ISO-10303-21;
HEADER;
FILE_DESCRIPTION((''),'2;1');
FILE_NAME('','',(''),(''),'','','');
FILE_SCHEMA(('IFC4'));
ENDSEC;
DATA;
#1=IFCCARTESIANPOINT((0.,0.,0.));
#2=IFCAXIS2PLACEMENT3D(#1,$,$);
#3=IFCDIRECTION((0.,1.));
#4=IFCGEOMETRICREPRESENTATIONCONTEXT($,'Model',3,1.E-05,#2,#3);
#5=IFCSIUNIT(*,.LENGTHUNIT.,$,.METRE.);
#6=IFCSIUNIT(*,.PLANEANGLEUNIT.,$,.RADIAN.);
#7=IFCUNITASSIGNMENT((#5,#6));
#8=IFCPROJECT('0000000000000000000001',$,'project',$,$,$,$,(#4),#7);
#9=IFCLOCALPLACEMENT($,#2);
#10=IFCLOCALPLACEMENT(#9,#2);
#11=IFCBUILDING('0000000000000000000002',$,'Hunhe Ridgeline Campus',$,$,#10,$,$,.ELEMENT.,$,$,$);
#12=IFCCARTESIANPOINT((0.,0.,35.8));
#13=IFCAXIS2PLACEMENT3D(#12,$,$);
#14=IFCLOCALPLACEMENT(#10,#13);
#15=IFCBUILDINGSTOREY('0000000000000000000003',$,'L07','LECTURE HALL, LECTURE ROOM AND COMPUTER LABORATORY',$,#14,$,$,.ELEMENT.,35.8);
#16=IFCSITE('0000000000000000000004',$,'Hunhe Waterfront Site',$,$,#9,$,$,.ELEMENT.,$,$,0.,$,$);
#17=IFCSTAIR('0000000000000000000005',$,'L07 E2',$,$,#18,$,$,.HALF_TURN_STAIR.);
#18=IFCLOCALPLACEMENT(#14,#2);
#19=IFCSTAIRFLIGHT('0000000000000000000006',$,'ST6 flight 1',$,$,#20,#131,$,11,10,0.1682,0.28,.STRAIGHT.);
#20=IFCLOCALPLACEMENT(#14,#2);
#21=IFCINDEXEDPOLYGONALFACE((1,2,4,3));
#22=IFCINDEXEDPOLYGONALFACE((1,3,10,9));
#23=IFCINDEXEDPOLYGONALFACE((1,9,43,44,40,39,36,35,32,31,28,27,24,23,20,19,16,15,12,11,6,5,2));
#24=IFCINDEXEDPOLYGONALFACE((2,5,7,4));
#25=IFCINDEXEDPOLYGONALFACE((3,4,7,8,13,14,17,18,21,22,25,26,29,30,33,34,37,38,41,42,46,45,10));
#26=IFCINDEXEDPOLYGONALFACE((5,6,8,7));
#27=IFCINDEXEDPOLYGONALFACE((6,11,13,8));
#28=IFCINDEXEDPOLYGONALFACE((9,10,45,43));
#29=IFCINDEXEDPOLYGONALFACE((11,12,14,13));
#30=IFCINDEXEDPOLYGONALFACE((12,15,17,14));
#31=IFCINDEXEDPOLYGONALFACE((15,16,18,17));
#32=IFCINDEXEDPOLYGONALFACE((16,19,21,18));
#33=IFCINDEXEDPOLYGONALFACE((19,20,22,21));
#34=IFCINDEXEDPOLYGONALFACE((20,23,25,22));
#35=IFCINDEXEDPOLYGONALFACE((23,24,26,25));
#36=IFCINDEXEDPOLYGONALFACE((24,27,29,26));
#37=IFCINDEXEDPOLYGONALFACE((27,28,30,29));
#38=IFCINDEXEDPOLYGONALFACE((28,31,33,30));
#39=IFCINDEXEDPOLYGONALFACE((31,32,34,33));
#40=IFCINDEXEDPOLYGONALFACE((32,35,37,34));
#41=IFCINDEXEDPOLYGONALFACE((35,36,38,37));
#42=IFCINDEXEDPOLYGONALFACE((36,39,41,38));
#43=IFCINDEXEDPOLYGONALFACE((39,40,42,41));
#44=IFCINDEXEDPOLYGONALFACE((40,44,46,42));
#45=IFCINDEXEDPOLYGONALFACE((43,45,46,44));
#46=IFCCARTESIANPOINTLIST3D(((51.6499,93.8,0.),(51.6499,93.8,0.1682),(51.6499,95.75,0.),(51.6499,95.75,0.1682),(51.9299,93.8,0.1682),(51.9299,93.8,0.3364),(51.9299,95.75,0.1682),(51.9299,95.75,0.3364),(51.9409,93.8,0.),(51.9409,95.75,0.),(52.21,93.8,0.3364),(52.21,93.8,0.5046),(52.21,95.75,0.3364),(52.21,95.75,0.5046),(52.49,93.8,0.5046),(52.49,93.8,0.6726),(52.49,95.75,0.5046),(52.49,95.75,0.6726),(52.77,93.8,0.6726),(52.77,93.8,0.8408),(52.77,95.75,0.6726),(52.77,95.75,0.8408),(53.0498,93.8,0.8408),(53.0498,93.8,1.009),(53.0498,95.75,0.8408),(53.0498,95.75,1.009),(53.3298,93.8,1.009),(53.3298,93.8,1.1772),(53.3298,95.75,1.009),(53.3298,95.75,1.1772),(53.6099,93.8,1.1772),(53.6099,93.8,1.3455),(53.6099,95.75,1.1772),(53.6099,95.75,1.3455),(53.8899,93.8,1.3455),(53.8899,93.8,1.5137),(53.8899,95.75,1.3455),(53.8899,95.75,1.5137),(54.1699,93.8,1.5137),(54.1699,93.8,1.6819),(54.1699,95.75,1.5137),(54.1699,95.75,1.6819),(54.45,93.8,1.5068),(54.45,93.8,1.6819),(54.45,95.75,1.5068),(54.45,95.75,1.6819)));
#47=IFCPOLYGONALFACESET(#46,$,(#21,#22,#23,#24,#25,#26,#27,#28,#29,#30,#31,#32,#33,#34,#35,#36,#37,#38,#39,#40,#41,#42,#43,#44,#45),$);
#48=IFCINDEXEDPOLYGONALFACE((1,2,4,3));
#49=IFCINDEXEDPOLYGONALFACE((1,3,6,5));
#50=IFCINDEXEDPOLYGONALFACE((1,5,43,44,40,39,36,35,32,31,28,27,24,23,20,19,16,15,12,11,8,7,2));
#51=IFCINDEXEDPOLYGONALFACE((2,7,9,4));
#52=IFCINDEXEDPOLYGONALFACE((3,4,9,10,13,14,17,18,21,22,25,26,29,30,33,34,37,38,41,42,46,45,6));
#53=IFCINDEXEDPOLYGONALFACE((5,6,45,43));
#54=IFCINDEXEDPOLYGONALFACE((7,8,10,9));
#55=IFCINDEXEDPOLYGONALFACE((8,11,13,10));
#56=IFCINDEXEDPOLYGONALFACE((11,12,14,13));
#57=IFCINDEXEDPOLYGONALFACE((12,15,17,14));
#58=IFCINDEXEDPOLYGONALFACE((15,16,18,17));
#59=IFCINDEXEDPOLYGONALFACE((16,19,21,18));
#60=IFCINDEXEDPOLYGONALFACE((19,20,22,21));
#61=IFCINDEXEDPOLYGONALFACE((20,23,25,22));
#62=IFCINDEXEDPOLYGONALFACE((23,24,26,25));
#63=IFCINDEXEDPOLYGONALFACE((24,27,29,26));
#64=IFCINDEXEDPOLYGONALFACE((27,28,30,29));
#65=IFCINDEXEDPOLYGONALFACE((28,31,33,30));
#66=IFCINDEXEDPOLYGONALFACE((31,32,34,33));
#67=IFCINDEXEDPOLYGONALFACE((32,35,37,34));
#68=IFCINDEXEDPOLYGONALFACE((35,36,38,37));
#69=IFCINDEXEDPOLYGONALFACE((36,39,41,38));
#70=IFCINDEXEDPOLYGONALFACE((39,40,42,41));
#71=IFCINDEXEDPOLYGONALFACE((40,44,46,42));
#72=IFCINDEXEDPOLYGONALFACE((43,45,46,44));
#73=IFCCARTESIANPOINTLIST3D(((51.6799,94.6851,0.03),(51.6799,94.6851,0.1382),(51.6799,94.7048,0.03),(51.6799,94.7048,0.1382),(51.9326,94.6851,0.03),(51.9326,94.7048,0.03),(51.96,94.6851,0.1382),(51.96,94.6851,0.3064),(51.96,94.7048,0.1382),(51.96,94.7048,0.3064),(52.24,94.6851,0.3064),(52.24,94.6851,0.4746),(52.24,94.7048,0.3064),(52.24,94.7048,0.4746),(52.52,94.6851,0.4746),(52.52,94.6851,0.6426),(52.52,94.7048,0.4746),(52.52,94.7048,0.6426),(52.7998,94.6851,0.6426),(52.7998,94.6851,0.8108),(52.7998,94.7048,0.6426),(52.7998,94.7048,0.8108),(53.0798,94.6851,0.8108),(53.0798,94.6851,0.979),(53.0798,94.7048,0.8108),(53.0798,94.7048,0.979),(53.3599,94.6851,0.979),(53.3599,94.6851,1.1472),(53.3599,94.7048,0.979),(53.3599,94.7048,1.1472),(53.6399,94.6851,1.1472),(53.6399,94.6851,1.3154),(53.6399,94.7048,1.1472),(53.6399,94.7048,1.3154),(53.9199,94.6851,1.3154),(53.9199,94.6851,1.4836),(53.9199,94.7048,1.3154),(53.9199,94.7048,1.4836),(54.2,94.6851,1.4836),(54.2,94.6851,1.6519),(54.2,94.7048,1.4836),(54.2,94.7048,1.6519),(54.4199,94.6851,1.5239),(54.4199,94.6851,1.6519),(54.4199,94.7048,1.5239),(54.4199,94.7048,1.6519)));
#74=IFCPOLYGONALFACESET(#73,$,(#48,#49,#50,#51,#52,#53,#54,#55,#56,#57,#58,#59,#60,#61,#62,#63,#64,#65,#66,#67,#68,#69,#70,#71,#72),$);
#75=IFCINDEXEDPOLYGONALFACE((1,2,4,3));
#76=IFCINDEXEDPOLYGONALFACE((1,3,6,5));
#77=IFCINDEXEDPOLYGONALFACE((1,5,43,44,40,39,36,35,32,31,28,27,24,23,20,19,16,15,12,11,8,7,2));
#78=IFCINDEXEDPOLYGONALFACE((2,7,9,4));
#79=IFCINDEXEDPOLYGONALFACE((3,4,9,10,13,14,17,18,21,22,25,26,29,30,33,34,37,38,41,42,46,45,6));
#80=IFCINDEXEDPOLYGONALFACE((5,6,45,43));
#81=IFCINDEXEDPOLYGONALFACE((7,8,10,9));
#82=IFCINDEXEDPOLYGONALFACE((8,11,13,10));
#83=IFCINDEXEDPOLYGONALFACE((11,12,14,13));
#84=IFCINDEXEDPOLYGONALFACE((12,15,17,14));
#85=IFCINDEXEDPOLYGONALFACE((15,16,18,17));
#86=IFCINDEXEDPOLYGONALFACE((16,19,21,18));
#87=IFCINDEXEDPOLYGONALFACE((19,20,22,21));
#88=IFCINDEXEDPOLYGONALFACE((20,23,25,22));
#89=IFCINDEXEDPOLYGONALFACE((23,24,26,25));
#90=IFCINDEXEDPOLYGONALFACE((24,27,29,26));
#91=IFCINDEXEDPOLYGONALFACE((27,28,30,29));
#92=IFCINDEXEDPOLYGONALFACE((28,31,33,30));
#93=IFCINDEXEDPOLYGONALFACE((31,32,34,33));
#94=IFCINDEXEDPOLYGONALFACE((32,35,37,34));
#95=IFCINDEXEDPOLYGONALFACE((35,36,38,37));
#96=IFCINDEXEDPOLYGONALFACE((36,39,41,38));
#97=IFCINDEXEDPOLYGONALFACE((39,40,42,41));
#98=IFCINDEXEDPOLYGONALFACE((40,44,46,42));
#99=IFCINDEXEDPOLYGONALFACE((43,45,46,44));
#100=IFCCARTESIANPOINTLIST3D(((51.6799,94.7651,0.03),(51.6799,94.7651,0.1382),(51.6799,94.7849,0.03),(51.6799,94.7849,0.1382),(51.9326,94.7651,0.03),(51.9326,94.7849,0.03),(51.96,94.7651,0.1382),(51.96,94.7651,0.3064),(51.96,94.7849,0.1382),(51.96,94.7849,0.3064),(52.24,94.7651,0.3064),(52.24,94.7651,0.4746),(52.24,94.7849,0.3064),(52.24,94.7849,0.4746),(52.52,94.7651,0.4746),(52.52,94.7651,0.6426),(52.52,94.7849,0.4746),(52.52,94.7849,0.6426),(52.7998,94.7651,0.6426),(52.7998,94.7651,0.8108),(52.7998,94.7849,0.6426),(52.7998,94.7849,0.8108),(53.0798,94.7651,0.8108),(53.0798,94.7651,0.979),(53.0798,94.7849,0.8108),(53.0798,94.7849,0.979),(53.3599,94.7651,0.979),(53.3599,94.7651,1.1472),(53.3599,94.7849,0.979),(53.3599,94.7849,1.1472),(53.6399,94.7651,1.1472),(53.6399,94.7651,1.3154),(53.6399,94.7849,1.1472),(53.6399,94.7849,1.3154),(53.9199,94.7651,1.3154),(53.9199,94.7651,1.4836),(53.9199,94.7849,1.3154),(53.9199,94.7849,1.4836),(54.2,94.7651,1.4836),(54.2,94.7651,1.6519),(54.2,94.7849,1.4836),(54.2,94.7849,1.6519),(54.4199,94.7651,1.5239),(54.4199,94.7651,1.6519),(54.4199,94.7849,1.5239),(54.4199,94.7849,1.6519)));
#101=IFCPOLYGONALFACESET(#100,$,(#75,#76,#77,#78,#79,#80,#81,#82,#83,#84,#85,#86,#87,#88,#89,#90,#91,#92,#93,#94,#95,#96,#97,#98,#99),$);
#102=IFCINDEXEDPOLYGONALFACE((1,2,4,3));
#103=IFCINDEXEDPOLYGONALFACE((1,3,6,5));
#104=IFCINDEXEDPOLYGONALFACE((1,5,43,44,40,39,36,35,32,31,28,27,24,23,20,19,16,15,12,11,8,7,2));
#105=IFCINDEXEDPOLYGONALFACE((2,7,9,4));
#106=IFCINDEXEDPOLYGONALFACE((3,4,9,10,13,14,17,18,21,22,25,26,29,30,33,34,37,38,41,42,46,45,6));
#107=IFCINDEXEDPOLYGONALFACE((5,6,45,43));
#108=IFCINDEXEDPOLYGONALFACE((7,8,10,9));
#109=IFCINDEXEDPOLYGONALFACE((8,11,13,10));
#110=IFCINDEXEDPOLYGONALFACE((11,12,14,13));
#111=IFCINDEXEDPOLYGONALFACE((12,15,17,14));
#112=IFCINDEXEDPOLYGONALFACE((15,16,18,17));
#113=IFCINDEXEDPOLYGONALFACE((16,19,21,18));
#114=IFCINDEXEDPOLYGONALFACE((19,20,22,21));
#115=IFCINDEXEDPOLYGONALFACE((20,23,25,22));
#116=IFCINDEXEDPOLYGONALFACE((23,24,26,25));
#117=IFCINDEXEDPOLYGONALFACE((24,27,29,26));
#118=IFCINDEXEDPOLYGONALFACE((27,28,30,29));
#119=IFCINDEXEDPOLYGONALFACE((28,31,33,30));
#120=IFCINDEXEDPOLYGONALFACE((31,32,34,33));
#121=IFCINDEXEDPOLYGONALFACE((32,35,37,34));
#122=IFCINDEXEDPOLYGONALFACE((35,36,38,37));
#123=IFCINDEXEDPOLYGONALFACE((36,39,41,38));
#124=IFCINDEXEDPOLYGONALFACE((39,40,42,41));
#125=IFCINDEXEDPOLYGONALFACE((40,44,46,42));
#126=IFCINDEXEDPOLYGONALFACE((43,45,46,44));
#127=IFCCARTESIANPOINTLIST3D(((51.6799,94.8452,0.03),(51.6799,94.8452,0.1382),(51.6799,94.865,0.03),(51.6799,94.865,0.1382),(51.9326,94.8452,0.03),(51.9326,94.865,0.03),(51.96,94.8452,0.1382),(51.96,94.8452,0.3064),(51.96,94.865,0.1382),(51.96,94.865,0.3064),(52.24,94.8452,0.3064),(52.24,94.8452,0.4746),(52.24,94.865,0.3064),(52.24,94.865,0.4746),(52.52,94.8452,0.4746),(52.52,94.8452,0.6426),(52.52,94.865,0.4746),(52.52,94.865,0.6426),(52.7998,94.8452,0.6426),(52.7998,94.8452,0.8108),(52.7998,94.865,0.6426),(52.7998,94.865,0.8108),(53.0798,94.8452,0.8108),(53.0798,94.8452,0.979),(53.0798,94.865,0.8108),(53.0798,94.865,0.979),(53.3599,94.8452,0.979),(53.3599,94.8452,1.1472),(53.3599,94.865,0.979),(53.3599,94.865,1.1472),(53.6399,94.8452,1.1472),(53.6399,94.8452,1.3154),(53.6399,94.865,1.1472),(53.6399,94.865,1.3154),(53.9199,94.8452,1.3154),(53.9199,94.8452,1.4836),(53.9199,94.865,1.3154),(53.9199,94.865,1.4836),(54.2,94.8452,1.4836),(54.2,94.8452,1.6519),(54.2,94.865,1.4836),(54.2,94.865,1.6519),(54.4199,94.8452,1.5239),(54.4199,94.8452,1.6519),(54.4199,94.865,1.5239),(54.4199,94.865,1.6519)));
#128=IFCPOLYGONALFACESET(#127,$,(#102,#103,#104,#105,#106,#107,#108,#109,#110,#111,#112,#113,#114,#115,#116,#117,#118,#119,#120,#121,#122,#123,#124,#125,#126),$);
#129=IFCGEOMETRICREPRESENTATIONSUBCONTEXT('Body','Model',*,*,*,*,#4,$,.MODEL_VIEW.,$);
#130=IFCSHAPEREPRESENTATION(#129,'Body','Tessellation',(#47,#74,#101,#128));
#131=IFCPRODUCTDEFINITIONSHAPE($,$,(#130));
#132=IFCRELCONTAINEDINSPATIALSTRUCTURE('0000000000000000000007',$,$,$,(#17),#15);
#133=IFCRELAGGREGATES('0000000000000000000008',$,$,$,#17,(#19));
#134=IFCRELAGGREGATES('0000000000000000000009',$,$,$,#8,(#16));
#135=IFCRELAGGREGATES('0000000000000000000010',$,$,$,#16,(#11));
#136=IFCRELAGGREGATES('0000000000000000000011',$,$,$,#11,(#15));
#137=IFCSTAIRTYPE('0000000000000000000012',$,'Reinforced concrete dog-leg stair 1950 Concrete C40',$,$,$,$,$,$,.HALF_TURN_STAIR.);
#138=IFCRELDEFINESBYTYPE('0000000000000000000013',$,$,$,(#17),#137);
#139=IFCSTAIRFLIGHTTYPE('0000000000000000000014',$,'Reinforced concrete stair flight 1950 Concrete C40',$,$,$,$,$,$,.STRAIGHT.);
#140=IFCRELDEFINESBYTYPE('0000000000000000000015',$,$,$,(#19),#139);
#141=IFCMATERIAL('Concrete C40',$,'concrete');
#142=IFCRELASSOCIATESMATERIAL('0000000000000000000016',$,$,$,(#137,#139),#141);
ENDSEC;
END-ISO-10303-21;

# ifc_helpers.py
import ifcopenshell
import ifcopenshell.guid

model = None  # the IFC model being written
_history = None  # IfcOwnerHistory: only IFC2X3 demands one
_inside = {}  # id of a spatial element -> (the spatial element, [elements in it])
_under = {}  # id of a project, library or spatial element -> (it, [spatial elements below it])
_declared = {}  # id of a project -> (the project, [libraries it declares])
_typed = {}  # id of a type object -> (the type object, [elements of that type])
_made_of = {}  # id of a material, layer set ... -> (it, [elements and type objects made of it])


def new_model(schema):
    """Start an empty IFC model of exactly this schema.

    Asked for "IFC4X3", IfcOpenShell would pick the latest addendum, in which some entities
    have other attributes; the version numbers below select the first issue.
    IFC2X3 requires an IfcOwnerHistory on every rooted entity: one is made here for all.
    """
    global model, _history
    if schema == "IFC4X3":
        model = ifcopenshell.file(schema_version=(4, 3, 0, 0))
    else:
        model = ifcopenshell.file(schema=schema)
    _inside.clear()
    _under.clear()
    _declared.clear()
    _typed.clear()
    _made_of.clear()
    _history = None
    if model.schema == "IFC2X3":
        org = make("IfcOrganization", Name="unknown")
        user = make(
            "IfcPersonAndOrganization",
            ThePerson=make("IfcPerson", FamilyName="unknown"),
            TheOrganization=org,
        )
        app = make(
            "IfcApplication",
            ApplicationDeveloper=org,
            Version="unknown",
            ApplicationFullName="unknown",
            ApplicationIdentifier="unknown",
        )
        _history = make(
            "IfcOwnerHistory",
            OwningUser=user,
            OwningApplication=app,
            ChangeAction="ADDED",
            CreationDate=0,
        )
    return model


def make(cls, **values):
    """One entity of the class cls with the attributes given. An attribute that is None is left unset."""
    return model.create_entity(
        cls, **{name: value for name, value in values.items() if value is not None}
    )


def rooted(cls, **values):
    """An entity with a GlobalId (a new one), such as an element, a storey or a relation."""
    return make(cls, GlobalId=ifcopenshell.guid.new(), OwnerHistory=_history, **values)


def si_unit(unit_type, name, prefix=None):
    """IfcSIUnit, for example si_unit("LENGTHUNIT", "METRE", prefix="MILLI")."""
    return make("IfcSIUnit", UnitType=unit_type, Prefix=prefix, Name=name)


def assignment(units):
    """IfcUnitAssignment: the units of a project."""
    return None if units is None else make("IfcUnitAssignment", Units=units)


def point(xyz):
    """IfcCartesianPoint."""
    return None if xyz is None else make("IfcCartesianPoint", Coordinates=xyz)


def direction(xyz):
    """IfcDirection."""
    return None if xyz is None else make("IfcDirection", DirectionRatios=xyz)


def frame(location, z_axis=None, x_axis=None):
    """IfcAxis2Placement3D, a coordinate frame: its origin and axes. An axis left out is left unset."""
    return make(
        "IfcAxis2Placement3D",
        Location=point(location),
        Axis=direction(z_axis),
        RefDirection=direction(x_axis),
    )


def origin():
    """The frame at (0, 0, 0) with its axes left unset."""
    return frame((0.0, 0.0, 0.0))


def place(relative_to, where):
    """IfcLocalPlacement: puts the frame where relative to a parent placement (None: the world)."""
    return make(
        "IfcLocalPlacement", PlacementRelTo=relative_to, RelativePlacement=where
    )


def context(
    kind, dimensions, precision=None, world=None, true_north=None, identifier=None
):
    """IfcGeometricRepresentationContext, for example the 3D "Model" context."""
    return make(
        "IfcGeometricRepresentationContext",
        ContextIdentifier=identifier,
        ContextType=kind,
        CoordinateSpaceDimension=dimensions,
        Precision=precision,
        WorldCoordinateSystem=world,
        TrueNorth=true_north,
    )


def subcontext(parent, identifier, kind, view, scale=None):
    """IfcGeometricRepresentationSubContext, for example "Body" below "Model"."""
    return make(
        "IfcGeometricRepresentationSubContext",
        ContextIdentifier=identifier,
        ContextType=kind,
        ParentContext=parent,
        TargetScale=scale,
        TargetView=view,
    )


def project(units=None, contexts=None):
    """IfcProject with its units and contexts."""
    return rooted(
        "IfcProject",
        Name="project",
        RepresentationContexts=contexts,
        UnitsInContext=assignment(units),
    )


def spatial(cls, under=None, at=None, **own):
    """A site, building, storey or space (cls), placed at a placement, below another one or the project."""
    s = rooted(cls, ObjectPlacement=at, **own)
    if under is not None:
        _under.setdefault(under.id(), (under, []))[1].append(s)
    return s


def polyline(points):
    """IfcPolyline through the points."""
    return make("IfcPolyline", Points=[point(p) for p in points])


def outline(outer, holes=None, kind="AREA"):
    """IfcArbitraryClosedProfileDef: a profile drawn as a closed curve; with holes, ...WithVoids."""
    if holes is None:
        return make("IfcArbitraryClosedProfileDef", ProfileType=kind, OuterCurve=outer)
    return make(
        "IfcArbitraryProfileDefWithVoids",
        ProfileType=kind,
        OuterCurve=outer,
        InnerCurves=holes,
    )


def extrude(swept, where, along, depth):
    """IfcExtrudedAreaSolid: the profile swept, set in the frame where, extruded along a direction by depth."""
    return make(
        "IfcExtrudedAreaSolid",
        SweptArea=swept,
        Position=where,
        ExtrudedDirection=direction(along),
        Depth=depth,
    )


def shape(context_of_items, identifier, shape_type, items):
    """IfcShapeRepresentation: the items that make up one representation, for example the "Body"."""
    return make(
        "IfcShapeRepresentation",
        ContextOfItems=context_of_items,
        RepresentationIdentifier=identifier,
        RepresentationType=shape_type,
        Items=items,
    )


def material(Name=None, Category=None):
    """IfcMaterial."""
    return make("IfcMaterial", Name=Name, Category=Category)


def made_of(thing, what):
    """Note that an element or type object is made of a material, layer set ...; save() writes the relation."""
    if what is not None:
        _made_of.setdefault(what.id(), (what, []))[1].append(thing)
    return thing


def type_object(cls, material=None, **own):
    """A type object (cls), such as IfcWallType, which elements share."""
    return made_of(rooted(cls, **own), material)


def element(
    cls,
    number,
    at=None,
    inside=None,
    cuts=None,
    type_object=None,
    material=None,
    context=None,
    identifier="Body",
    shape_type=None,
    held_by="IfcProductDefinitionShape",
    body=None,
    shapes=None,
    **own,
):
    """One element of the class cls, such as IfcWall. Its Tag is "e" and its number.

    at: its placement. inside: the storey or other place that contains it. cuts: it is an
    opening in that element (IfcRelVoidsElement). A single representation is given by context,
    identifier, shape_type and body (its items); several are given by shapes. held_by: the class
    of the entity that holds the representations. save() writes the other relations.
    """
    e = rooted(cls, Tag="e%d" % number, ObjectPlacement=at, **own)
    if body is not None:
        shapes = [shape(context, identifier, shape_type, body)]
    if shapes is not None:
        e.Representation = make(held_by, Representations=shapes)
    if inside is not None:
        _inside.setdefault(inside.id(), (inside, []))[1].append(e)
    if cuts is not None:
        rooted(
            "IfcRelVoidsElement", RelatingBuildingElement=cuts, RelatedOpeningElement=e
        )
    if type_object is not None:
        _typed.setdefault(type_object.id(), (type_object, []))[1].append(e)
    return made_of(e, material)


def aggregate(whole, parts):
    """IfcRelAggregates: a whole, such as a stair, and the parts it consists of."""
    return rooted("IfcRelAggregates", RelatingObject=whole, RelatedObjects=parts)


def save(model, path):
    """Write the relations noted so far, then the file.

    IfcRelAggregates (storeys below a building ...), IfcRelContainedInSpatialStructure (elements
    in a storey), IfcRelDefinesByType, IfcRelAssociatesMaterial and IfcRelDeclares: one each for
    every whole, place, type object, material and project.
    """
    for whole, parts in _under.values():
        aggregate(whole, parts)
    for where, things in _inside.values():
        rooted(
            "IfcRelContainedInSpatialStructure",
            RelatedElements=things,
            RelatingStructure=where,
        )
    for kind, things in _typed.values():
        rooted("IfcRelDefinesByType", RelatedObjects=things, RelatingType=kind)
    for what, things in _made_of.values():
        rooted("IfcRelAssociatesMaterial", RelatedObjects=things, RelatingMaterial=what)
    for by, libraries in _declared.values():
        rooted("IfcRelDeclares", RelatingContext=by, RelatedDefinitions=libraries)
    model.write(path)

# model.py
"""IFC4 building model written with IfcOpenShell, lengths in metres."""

from ifc_helpers import new_model, si_unit, direction, frame, origin, place, context, subcontext, project, spatial, polyline, outline, extrude, material, type_object, element, aggregate, save


model = new_model("IFC4")

# Units and contexts
model_context = context("Model", 3, precision=1e-05, world=origin(), true_north=direction((0.0, 1.0)))
body_context = subcontext(model_context, "Body", "Model", "MODEL_VIEW")
ifc_project = project(units=[si_unit("LENGTHUNIT", "METRE"), si_unit("PLANEANGLEUNIT", "RADIAN")], contexts=[model_context])

# Site, building, storey
site_placement = place(None, origin())
site = spatial("IfcSite", under=ifc_project, at=site_placement, Name="Hunhe Waterfront Site", CompositionType="ELEMENT", RefElevation=0.0)
building_placement = place(site_placement, origin())
building = spatial("IfcBuilding", under=site, at=building_placement, Name="Hunhe Ridgeline Campus", CompositionType="ELEMENT")
storey_placement = place(building_placement, frame((0.0, 0.0, 35.8)))
storey = spatial("IfcBuildingStorey", under=building, at=storey_placement, Name="L07", Description="LECTURE HALL, LECTURE ROOM AND COMPUTER LABORATORY", CompositionType="ELEMENT", Elevation=35.8)

# Shared definitions
ifc_material_1 = material(Name="Concrete C40", Category="concrete")
stair_type = type_object("IfcStairType", Name="Reinforced concrete dog-leg stair 1950 Concrete C40", PredefinedType="HALF_TURN_STAIR", material=ifc_material_1)
stair_flight_type = type_object("IfcStairFlightType", Name="Reinforced concrete stair flight 1950 Concrete C40", PredefinedType="STRAIGHT", material=ifc_material_1)

# Stair, stair flight
stair_1_placement = place(storey_placement, origin())
stair_1 = element("IfcStair", 1, at=stair_1_placement, inside=storey, type_object=stair_type, Name="L07 E2", PredefinedType="HALF_TURN_STAIR")
stair_flight_1_placement = place(storey_placement, frame((51.6499, 94.7749, 0.0), z_axis=(0.0, 0.0, 1.0), x_axis=(1.0, 0.0, 0.0)))
stair_flight_1 = element("IfcStairFlight", 2, at=stair_flight_1_placement, type_object=stair_flight_type, Name="ST6 flight 1", NumberOfRisers=11, NumberOfTreads=10, PredefinedType="STRAIGHT", RiserHeight=0.1682, TreadLength=0.28, context=body_context, shape_type="SweptSolid", body=[
    extrude(outline(polyline([(0.0, 0.0), (0.0, 0.1682), (0.28, 0.1682), (0.28, 0.3364), (0.5601, 0.3364), (0.5601, 0.5046), (0.8401, 0.5046), (0.8401, 0.6726), (1.1201, 0.6726), (1.1201, 0.8408), (1.3999, 0.8408), (1.3999, 1.009), (1.6799, 1.009), (1.6799, 1.1772), (1.96, 1.1772), (1.96, 1.3455), (2.24, 1.3455), (2.24, 1.5137), (2.52, 1.5137), (2.52, 1.6819), (2.8, 1.6819), (2.8, 1.8501), (2.8, 1.5068), (0.291, 0.0), (0.0, 0.0)])), frame((0.0, 0.9751, 0.0), z_axis=(0.0, -1.0, 0.0), x_axis=(1.0, 0.0, 0.0)), (0.0, 0.0, 1.0), 1.95),
    extrude(outline(polyline([(0.03, 0.03), (0.03, 0.1382), (0.3101, 0.1382), (0.3101, 0.3064), (0.5901, 0.3064), (0.5901, 0.4746), (0.8701, 0.4746), (0.8701, 0.6426), (1.1499, 0.6426), (1.1499, 0.8108), (1.4299, 0.8108), (1.4299, 0.979), (1.71, 0.979), (1.71, 1.1472), (1.99, 1.1472), (1.99, 1.3154), (2.27, 1.3154), (2.27, 1.4836), (2.55, 1.4836), (2.55, 1.6519), (2.77, 1.6519), (2.77, 1.5239), (0.2827, 0.03), (0.03, 0.03)])), frame((0.0, -0.0701, 0.0), z_axis=(0.0, -1.0, 0.0), x_axis=(1.0, 0.0, 0.0)), (0.0, 0.0, 1.0), 0.0198),
    extrude(outline(polyline([(0.03, 0.03), (0.03, 0.1382), (0.3101, 0.1382), (0.3101, 0.3064), (0.5901, 0.3064), (0.5901, 0.4746), (0.8701, 0.4746), (0.8701, 0.6426), (1.1499, 0.6426), (1.1499, 0.8108), (1.4299, 0.8108), (1.4299, 0.979), (1.71, 0.979), (1.71, 1.1472), (1.99, 1.1472), (1.99, 1.3154), (2.27, 1.3154), (2.27, 1.4836), (2.55, 1.4836), (2.55, 1.6519), (2.77, 1.6519), (2.77, 1.5239), (0.2827, 0.03), (0.03, 0.03)])), frame((0.0, 0.01, 0.0), z_axis=(0.0, -1.0, 0.0), x_axis=(1.0, 0.0, 0.0)), (0.0, 0.0, 1.0), 0.0198),
    extrude(outline(polyline([(0.03, 0.03), (0.03, 0.1382), (0.3101, 0.1382), (0.3101, 0.3064), (0.5901, 0.3064), (0.5901, 0.4746), (0.8701, 0.4746), (0.8701, 0.6426), (1.1499, 0.6426), (1.1499, 0.8108), (1.4299, 0.8108), (1.4299, 0.979), (1.71, 0.979), (1.71, 1.1472), (1.99, 1.1472), (1.99, 1.3154), (2.27, 1.3154), (2.27, 1.4836), (2.55, 1.4836), (2.55, 1.6519), (2.77, 1.6519), (2.77, 1.5239), (0.2827, 0.03), (0.03, 0.03)])), frame((0.0, 0.0901, 0.0), z_axis=(0.0, -1.0, 0.0), x_axis=(1.0, 0.0, 0.0)), (0.0, 0.0, 1.0), 0.0198),
])
aggregate(stair_1, [stair_flight_1])

save(model, "model.ifc")
